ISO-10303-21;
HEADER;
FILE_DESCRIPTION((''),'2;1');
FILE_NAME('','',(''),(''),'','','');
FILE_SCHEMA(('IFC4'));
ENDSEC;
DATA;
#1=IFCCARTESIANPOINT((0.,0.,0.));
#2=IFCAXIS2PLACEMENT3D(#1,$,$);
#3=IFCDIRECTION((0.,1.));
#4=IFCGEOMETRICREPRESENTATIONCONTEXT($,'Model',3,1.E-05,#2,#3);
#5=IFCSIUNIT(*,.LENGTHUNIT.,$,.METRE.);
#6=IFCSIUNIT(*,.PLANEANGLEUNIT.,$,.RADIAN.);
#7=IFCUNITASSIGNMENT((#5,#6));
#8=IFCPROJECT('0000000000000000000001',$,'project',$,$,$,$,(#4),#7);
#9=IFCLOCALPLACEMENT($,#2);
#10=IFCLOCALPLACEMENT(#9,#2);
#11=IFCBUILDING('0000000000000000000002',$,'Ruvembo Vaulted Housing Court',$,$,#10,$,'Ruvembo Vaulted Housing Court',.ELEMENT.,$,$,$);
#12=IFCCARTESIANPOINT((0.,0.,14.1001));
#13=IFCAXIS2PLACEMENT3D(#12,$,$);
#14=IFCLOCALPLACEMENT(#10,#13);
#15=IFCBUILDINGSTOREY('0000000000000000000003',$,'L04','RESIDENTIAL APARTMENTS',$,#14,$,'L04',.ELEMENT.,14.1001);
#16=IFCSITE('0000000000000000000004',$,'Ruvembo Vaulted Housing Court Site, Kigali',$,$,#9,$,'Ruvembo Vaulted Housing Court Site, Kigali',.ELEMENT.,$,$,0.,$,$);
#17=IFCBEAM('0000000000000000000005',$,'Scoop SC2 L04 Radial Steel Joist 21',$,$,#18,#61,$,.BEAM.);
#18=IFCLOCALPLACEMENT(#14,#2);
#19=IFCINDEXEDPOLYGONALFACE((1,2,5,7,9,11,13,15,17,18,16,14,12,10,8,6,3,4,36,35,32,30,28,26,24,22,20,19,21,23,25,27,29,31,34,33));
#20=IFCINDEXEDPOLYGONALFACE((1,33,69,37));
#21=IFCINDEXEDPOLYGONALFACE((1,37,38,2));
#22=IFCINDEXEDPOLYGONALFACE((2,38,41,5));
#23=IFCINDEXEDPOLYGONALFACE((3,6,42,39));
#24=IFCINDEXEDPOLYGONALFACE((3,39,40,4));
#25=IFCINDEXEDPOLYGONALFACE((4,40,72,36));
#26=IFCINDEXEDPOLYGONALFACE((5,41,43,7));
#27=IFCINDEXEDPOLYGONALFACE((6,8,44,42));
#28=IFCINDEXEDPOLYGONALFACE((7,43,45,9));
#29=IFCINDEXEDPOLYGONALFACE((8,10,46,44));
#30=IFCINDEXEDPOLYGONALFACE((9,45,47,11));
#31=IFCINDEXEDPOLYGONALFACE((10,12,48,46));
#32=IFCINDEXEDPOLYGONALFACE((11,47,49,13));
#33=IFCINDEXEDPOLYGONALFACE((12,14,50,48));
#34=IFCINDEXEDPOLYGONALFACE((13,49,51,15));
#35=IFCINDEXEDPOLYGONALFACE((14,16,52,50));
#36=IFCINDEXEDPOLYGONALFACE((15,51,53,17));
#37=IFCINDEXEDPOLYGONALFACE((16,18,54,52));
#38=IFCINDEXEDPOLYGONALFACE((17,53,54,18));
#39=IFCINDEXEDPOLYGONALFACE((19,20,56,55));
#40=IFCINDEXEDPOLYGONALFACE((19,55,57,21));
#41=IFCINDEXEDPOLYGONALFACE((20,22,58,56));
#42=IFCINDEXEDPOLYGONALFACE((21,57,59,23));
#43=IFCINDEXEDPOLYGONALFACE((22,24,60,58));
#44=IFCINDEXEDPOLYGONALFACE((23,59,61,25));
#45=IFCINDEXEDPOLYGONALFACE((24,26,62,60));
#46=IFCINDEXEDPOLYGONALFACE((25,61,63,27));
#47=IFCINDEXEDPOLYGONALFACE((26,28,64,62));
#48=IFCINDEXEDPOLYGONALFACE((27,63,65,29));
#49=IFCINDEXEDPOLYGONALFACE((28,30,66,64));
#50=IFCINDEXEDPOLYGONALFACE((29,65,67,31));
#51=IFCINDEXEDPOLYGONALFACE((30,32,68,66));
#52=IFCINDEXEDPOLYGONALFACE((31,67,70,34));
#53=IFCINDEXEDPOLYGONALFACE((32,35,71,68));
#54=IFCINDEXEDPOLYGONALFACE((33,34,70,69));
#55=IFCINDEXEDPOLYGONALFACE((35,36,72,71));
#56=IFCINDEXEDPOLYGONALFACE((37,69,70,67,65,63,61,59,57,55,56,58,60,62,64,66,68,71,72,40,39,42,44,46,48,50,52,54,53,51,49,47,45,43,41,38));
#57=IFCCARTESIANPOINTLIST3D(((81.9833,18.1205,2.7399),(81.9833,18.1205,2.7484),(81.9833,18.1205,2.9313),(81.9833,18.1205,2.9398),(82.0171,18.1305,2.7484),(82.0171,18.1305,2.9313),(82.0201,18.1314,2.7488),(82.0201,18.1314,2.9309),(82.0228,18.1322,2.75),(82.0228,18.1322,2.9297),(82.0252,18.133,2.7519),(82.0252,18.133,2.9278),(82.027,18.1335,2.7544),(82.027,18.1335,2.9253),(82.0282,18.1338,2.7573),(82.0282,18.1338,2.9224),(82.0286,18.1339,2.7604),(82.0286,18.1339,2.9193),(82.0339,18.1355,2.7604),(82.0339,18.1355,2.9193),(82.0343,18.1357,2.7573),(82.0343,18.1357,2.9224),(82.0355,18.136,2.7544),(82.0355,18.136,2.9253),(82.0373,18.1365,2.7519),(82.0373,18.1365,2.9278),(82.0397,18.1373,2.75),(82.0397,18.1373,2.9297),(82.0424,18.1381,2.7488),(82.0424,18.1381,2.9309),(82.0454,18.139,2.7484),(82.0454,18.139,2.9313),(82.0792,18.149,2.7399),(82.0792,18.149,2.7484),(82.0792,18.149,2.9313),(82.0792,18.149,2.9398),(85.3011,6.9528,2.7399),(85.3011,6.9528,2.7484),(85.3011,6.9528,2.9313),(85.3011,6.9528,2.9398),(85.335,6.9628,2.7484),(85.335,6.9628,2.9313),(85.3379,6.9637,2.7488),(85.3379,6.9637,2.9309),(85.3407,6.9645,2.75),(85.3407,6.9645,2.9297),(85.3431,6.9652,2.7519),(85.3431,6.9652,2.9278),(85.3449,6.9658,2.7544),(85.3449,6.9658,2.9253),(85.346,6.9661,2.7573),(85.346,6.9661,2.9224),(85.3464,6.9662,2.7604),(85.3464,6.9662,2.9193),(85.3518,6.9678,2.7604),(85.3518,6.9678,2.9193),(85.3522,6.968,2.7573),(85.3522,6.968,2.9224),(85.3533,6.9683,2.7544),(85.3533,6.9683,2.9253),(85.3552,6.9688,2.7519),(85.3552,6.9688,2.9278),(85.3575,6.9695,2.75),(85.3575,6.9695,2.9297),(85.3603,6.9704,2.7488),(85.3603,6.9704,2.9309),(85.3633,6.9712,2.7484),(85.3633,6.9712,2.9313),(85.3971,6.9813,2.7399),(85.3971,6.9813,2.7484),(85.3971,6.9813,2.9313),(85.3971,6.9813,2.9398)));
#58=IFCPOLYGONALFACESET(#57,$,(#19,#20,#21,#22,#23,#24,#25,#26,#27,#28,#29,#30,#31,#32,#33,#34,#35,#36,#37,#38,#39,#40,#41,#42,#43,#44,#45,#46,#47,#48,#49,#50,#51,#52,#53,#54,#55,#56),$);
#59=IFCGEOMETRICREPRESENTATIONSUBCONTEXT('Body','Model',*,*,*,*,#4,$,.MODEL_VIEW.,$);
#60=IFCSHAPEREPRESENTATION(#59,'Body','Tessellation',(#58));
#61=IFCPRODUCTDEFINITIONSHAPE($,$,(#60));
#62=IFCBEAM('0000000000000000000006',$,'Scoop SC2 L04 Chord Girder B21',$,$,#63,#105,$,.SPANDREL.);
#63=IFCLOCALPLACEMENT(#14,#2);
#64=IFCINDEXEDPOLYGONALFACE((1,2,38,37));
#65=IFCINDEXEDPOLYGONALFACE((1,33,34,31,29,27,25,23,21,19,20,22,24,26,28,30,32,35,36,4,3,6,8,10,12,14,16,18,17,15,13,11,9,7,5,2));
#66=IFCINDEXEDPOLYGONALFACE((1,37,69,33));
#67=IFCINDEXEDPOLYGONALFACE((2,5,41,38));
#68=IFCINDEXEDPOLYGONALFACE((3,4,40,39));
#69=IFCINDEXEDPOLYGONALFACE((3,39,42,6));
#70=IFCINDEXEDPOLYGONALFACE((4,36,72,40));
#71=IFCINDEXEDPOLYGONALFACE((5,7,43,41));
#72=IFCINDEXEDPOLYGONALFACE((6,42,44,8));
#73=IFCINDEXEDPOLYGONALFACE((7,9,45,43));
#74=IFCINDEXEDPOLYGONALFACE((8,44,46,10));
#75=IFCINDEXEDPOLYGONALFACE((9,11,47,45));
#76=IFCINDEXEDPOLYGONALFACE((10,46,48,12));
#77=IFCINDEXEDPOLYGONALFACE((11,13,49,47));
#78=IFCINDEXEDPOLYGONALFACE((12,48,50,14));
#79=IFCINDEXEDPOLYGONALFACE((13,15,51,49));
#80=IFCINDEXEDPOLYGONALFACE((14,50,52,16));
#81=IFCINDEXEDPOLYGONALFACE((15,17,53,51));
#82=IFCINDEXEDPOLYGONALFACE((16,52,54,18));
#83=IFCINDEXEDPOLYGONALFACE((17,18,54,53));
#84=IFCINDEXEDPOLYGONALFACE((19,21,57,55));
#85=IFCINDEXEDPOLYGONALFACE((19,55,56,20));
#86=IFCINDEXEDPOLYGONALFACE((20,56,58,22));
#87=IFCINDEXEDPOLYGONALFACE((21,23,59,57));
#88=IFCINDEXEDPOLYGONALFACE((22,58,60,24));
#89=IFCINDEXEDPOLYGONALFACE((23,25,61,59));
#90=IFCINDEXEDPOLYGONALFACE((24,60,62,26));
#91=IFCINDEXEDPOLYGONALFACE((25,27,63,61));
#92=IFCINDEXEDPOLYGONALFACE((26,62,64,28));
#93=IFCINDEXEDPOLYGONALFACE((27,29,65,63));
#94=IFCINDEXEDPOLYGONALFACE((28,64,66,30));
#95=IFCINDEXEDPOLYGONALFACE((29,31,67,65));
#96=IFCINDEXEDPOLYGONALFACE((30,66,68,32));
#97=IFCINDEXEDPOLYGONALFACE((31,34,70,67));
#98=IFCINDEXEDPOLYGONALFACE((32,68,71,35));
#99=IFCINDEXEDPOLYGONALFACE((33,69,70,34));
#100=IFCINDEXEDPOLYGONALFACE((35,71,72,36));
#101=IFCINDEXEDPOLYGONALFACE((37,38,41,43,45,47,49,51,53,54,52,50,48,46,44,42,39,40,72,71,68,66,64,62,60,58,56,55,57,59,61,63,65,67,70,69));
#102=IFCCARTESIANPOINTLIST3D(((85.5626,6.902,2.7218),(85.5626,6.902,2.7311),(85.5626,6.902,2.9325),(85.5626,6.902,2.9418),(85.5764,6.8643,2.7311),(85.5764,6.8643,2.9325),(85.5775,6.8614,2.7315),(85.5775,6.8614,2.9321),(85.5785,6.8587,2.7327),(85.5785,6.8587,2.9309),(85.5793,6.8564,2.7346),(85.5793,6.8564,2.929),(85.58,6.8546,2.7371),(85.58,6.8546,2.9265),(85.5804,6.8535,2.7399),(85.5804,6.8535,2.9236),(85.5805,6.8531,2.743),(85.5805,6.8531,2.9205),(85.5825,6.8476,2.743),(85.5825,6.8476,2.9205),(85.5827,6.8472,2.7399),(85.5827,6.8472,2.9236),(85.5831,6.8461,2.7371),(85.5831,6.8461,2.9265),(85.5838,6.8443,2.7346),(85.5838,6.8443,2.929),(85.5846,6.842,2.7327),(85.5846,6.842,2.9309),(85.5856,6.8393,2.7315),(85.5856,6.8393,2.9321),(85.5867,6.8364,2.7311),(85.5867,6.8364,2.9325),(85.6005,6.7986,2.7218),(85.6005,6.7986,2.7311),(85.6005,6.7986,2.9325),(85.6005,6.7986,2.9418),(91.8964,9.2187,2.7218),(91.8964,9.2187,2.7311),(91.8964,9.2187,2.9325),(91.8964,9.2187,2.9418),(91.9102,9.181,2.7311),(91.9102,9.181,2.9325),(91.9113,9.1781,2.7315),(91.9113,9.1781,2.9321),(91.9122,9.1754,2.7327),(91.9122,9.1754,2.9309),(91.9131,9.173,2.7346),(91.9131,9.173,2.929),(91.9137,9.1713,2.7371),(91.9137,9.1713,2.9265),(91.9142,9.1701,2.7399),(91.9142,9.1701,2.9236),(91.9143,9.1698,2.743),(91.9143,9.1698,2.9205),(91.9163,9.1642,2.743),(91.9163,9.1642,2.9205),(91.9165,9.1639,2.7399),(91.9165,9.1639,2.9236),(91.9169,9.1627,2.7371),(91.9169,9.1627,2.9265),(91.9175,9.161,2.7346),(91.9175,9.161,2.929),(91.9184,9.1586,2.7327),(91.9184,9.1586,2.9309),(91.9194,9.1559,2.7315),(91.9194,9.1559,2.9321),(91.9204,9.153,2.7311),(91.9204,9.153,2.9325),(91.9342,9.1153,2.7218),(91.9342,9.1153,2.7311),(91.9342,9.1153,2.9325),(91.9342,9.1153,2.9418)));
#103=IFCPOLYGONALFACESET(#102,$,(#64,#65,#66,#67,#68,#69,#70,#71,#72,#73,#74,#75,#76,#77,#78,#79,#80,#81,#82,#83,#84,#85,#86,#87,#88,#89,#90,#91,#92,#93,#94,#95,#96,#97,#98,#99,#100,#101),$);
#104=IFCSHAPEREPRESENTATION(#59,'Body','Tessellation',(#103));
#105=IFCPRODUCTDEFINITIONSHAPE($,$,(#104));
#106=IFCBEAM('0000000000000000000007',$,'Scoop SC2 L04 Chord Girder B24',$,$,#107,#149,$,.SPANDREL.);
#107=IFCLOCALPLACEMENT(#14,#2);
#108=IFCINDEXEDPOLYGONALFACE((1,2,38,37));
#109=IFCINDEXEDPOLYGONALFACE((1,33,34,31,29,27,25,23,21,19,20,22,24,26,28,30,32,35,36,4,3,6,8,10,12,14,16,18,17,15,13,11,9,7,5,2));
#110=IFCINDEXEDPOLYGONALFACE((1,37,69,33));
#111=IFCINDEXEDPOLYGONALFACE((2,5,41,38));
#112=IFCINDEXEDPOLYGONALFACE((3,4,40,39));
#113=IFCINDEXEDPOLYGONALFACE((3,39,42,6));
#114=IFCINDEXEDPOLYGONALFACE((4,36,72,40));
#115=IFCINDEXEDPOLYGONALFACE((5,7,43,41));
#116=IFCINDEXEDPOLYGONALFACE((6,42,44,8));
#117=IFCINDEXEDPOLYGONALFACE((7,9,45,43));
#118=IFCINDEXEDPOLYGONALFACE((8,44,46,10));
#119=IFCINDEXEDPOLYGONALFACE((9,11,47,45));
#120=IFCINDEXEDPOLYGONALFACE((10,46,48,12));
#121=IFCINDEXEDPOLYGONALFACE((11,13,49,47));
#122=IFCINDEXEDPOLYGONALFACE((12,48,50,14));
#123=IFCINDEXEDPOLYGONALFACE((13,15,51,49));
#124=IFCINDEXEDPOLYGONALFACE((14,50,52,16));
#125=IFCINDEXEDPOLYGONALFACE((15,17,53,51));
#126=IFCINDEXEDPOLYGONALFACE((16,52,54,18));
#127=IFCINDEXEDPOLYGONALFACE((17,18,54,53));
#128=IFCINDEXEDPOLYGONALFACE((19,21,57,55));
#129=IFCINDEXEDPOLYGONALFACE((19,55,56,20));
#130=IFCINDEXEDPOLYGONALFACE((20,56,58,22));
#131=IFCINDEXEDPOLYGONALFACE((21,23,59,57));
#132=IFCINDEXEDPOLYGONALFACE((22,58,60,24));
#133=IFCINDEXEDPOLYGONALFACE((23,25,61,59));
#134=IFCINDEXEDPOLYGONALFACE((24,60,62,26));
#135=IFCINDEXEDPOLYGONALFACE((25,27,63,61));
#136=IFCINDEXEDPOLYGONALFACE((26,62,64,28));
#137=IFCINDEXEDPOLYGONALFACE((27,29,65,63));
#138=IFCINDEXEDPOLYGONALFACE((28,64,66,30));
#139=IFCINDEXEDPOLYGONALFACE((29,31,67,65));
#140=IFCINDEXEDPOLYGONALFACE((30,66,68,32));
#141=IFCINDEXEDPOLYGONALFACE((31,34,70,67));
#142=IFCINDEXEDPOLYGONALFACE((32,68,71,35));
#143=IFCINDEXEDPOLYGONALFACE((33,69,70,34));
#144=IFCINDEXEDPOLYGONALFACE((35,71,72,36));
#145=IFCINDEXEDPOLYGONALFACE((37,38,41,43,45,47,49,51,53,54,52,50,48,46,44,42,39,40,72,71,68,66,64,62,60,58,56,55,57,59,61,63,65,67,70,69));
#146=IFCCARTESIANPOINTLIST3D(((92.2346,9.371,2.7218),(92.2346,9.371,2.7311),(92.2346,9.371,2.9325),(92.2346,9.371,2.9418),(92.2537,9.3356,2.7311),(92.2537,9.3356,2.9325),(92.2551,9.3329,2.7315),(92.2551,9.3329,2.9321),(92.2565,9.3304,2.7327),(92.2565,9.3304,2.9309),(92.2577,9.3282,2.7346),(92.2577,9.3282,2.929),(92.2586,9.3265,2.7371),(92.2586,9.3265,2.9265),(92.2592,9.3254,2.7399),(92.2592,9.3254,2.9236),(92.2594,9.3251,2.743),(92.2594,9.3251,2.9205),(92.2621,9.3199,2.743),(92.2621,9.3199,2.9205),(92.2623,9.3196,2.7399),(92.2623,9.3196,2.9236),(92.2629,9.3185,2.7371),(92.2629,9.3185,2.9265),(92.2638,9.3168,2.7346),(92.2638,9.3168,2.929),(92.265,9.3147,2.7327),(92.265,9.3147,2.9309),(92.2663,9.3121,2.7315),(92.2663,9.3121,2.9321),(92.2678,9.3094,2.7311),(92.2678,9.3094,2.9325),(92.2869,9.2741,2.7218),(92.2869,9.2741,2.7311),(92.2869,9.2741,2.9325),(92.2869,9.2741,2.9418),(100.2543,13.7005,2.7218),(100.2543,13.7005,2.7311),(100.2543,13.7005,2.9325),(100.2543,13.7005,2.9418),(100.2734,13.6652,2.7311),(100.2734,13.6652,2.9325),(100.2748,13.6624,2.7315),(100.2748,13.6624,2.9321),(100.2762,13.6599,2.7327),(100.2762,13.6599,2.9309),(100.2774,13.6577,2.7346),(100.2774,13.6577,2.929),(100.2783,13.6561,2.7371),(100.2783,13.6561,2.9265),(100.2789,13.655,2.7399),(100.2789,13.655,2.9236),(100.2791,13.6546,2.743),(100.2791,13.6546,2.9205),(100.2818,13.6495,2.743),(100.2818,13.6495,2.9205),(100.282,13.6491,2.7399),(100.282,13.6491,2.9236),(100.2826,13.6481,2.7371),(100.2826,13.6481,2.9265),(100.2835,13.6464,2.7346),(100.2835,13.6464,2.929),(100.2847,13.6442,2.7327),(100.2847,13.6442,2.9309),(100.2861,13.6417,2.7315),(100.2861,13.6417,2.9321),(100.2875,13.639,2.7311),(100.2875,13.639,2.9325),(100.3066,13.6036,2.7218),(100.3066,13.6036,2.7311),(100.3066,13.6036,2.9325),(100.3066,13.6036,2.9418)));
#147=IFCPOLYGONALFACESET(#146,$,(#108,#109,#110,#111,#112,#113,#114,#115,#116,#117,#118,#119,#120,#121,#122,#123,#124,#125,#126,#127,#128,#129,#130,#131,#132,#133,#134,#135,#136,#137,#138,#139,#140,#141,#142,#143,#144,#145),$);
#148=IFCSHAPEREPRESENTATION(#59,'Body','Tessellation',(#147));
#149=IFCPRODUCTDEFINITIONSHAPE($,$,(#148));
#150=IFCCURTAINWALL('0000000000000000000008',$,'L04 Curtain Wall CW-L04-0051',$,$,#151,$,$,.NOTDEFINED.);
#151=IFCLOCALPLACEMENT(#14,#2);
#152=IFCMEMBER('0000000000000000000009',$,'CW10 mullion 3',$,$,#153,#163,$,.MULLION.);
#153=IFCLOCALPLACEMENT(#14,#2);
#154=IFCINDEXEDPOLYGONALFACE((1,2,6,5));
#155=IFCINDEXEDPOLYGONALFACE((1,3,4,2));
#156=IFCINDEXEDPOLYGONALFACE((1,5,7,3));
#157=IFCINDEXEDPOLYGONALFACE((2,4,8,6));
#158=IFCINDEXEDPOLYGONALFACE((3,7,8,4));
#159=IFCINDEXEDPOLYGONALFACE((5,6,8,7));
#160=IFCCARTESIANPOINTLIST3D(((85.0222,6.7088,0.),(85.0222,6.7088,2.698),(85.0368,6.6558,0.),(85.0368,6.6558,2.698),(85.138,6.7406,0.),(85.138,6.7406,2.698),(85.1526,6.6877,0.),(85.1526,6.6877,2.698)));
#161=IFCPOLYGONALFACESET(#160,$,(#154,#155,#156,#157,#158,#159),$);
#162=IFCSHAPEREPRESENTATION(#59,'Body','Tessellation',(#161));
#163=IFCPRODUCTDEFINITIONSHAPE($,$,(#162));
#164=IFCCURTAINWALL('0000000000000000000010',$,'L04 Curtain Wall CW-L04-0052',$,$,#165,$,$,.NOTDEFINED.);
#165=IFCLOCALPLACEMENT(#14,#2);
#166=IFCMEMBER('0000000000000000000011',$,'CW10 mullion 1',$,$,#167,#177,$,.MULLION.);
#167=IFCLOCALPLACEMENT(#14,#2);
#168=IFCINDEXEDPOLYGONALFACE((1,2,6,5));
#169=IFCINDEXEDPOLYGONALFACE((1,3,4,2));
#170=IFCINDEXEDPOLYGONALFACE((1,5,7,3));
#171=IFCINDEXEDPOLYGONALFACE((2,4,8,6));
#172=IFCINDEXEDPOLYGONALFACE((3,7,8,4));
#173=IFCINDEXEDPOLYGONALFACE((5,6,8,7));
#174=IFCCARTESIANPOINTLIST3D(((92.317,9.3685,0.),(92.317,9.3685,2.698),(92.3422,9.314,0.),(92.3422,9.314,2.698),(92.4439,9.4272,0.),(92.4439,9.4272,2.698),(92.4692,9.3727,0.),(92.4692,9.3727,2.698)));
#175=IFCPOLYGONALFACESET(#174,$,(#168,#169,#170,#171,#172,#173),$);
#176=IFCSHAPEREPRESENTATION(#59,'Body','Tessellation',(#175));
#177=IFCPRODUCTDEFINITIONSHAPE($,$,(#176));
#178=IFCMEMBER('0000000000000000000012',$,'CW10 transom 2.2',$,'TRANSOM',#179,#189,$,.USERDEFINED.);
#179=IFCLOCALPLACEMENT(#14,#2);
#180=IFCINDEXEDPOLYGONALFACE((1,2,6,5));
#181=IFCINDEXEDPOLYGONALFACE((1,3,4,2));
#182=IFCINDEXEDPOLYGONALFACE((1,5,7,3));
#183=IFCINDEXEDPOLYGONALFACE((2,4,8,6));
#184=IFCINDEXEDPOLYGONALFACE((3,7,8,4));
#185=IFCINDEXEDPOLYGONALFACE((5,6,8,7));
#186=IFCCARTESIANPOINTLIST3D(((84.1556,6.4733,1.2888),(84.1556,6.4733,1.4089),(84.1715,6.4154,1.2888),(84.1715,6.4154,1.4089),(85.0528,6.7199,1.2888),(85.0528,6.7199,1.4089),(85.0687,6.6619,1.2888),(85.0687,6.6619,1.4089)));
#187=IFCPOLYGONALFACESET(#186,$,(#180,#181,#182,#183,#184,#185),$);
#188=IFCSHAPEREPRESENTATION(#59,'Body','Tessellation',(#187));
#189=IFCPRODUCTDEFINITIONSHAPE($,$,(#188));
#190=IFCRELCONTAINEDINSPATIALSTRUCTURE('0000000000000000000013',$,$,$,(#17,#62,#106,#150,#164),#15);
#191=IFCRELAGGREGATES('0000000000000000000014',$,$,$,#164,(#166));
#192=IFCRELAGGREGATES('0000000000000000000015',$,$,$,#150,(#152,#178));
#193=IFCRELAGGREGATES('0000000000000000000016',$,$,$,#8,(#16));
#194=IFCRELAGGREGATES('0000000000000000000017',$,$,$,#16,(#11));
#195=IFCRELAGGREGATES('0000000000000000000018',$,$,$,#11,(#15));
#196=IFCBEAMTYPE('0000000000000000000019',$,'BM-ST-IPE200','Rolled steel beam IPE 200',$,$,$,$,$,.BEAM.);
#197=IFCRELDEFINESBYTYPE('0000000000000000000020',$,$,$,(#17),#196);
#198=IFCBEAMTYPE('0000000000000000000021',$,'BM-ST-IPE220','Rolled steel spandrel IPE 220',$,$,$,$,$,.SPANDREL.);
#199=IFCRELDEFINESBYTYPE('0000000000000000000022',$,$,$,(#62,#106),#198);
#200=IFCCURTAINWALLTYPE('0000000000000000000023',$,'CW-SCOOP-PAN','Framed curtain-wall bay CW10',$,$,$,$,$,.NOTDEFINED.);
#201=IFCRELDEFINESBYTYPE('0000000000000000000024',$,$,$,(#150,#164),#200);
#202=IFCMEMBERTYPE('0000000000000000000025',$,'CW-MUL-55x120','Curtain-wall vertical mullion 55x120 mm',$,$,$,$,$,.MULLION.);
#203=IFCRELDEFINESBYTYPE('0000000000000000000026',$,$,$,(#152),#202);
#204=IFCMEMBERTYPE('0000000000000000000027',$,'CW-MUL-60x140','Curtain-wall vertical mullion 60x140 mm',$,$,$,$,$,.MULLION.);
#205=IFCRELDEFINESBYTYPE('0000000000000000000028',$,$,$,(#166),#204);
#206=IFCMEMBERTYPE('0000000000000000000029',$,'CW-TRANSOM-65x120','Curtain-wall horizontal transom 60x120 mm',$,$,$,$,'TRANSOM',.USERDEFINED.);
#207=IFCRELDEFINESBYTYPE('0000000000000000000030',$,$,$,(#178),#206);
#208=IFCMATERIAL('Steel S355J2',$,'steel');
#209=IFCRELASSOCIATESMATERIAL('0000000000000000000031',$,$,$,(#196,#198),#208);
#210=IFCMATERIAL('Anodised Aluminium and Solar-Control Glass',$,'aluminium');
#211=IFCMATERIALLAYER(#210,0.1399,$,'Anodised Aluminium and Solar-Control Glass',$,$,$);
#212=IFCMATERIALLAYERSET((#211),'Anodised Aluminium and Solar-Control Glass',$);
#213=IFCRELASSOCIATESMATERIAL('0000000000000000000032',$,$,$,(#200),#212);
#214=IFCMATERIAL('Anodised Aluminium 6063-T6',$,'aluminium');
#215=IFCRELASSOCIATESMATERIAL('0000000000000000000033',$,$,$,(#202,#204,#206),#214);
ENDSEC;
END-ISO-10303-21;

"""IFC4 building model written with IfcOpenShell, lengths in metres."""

from ifc_helpers import new_model, si_unit, direction, frame, origin, origin_2d, place, context, subcontext, project, spatial, rectangle, i_section, extrude, material, layer, layer_set, material_profile, profile_set, type_object, element, aggregate, save


model = new_model("IFC4")

# Units and contexts
model_context = context("Model", 3, precision=1e-05, world=origin(), true_north=direction((0.0, 1.0)))
body_context = subcontext(model_context, "Body", "Model", "MODEL_VIEW")
ifc_project = project(units=[si_unit("LENGTHUNIT", "METRE"), si_unit("PLANEANGLEUNIT", "RADIAN")], contexts=[model_context])

# Site, building, storey
site_placement = place(None, origin())
site = spatial("IfcSite", under=ifc_project, at=site_placement, Name="Ruvembo Vaulted Housing Court Site, Kigali", LongName="Ruvembo Vaulted Housing Court Site, Kigali", CompositionType="ELEMENT", RefElevation=0.0)
building_placement = place(site_placement, origin())
building = spatial("IfcBuilding", under=site, at=building_placement, Name="Ruvembo Vaulted Housing Court", LongName="Ruvembo Vaulted Housing Court", CompositionType="ELEMENT")
storey_placement = place(building_placement, frame((0.0, 0.0, 14.1001)))
storey = spatial("IfcBuildingStorey", under=building, at=storey_placement, Name="L04", Description="RESIDENTIAL APARTMENTS", LongName="L04", CompositionType="ELEMENT", Elevation=14.1001)

# Beams
ifc_material_1 = material(Name="Steel S355J2", Category="steel")
ifc_material_profile_1 = material_profile(ifc_material_1, i_section(OverallWidth=0.1001, OverallDepth=0.2, WebThickness=0.0056, FlangeThickness=0.0085, FilletRadius=0.012, at=origin_2d()), Name="IPE 200")
ifc_profile_set_1 = profile_set([ifc_material_profile_1], Name="Steel S355J2")
beam_type_1 = type_object("IfcBeamType", Name="BM-ST-IPE200", Description="Rolled steel beam IPE 200", PredefinedType="BEAM", material=ifc_profile_set_1)
beam_1_placement = place(storey_placement, frame((85.3491, 6.967, 2.8398), z_axis=(-0.284792, 0.958589, 0.0), x_axis=(-0.958589, -0.284792, 0.0)))
element("IfcBeam", 1, at=beam_1_placement, inside=storey, type_object=beam_type_1, Name="Scoop SC2 L04 Radial Steel Joist 21", PredefinedType="BEAM", context=body_context, shape_type="SweptSolid", body=[
    extrude(i_section(OverallWidth=0.1001, OverallDepth=0.2, WebThickness=0.0056, FlangeThickness=0.0085, FilletRadius=0.012, at=origin_2d()), origin(), (0.0, 0.0, 1.0), 11.6501),
])
ifc_material_profile_2 = material_profile(ifc_material_1, i_section(OverallWidth=0.1101, OverallDepth=0.22, WebThickness=0.0059, FlangeThickness=0.0093, FilletRadius=0.012, at=origin_2d()), Name="IPE 220")
ifc_profile_set_2 = profile_set([ifc_material_profile_2], Name="Steel S355J2")
beam_type_2 = type_object("IfcBeamType", Name="BM-ST-IPE220", Description="Rolled steel spandrel IPE 220", PredefinedType="SPANDREL", material=ifc_profile_set_2)
beam_2_placement = place(storey_placement, frame((85.5815, 6.8503, 2.8318), z_axis=(0.93915, 0.343507, 0.0), x_axis=(-0.343507, 0.93915, 0.0)))
element("IfcBeam", 2, at=beam_2_placement, inside=storey, type_object=beam_type_2, Name="Scoop SC2 L04 Chord Girder B21", PredefinedType="SPANDREL", context=body_context, shape_type="SweptSolid", body=[
    extrude(i_section(OverallWidth=0.1101, OverallDepth=0.22, WebThickness=0.0059, FlangeThickness=0.0093, FilletRadius=0.012, at=origin_2d()), origin(), (0.0, 0.0, 1.0), 6.7441),
])
beam_3_placement = place(storey_placement, frame((92.2607, 9.3225, 2.8318), z_axis=(0.879955, 0.475056, 0.0), x_axis=(-0.475056, 0.879955, 0.0)))
element("IfcBeam", 3, at=beam_3_placement, inside=storey, type_object=beam_type_2, Name="Scoop SC2 L04 Chord Girder B24", PredefinedType="SPANDREL", context=body_context, shape_type="SweptSolid", body=[
    extrude(i_section(OverallWidth=0.1101, OverallDepth=0.22, WebThickness=0.0059, FlangeThickness=0.0093, FilletRadius=0.012, at=origin_2d()), origin(), (0.0, 0.0, 1.0), 9.1138),
])

# Curtain walls, members
ifc_material_2 = material(Name="Anodised Aluminium and Solar-Control Glass", Category="aluminium")
ifc_layer_1 = layer(ifc_material_2, 0.1399, Name="Anodised Aluminium and Solar-Control Glass")
ifc_layer_set_1 = layer_set([ifc_layer_1], Name="Anodised Aluminium and Solar-Control Glass")
curtain_wall_type = type_object("IfcCurtainWallType", Name="CW-SCOOP-PAN", Description="Framed curtain-wall bay CW10", PredefinedType="NOTDEFINED", material=ifc_layer_set_1)
curtain_wall_1_placement = place(storey_placement, origin())
curtain_wall_1 = element("IfcCurtainWall", 4, at=curtain_wall_1_placement, inside=storey, type_object=curtain_wall_type, Name="L04 Curtain Wall CW-L04-0051", PredefinedType="NOTDEFINED")
ifc_material_3 = material(Name="Anodised Aluminium 6063-T6", Category="aluminium")
ifc_material_profile_3 = material_profile(ifc_material_3, rectangle(XDim=0.0549, YDim=0.1201, at=origin_2d()), Name="ALU 55x120")
ifc_profile_set_3 = profile_set([ifc_material_profile_3], Name="Anodised Aluminium 6063-T6")
member_type_1 = type_object("IfcMemberType", Name="CW-MUL-55x120", Description="Curtain-wall vertical mullion 55x120 mm", PredefinedType="MULLION", material=ifc_profile_set_3)
member_1_placement = place(storey_placement, frame((85.0874, 6.6982, 0.0), z_axis=(0.0, 0.0, 1.0), x_axis=(-0.264955, 0.964261, 0.0)))
member_1 = element("IfcMember", 5, at=member_1_placement, type_object=member_type_1, Name="CW10 mullion 3", PredefinedType="MULLION", context=body_context, shape_type="SweptSolid", body=[
    extrude(rectangle(XDim=0.0549, YDim=0.1201, at=origin_2d()), origin(), (0.0, 0.0, 1.0), 2.698),
])
curtain_wall_2_placement = place(storey_placement, origin())
curtain_wall_2 = element("IfcCurtainWall", 6, at=curtain_wall_2_placement, inside=storey, type_object=curtain_wall_type, Name="L04 Curtain Wall CW-L04-0052", PredefinedType="NOTDEFINED")
ifc_material_profile_4 = material_profile(ifc_material_3, rectangle(XDim=0.0601, YDim=0.1399, at=origin_2d()), Name="ALU 60x140")
ifc_profile_set_4 = profile_set([ifc_material_profile_4], Name="Anodised Aluminium 6063-T6")
member_type_2 = type_object("IfcMemberType", Name="CW-MUL-60x140", Description="Curtain-wall vertical mullion 60x140 mm", PredefinedType="MULLION", material=ifc_profile_set_4)
member_2_placement = place(storey_placement, frame((92.3931, 9.3706, 0.0), z_axis=(0.0, 0.0, 1.0), x_axis=(-0.41974, 0.907644, 0.0)))
member_2 = element("IfcMember", 7, at=member_2_placement, type_object=member_type_2, Name="CW10 mullion 1", PredefinedType="MULLION", context=body_context, shape_type="SweptSolid", body=[
    extrude(rectangle(XDim=0.0601, YDim=0.1399, at=origin_2d()), origin(), (0.0, 0.0, 1.0), 2.698),
])
aggregate(curtain_wall_2, [member_2])

# Member
ifc_material_profile_5 = material_profile(ifc_material_3, rectangle(XDim=0.0601, YDim=0.1201, at=origin_2d()), Name="ALU 60x120")
ifc_profile_set_5 = profile_set([ifc_material_profile_5], Name="Anodised Aluminium 6063-T6")
member_type_3 = type_object("IfcMemberType", Name="CW-TRANSOM-65x120", Description="Curtain-wall horizontal transom 60x120 mm", ElementType="TRANSOM", PredefinedType="USERDEFINED", material=ifc_profile_set_5)
member_3_placement = place(storey_placement, frame((84.1636, 6.4443, 1.3489), z_axis=(0.964247, 0.265004, 0.0), x_axis=(-0.265004, 0.964247, 0.0)))
member_3 = element("IfcMember", 8, at=member_3_placement, type_object=member_type_3, Name="CW10 transom 2.2", ObjectType="TRANSOM", PredefinedType="USERDEFINED", context=body_context, shape_type="SweptSolid", body=[
    extrude(rectangle(XDim=0.0601, YDim=0.1201, at=origin_2d()), origin(), (0.0, 0.0, 1.0), 0.9304),
])

aggregate(curtain_wall_1, [member_1, member_3])

save(model, "model.ifc")
